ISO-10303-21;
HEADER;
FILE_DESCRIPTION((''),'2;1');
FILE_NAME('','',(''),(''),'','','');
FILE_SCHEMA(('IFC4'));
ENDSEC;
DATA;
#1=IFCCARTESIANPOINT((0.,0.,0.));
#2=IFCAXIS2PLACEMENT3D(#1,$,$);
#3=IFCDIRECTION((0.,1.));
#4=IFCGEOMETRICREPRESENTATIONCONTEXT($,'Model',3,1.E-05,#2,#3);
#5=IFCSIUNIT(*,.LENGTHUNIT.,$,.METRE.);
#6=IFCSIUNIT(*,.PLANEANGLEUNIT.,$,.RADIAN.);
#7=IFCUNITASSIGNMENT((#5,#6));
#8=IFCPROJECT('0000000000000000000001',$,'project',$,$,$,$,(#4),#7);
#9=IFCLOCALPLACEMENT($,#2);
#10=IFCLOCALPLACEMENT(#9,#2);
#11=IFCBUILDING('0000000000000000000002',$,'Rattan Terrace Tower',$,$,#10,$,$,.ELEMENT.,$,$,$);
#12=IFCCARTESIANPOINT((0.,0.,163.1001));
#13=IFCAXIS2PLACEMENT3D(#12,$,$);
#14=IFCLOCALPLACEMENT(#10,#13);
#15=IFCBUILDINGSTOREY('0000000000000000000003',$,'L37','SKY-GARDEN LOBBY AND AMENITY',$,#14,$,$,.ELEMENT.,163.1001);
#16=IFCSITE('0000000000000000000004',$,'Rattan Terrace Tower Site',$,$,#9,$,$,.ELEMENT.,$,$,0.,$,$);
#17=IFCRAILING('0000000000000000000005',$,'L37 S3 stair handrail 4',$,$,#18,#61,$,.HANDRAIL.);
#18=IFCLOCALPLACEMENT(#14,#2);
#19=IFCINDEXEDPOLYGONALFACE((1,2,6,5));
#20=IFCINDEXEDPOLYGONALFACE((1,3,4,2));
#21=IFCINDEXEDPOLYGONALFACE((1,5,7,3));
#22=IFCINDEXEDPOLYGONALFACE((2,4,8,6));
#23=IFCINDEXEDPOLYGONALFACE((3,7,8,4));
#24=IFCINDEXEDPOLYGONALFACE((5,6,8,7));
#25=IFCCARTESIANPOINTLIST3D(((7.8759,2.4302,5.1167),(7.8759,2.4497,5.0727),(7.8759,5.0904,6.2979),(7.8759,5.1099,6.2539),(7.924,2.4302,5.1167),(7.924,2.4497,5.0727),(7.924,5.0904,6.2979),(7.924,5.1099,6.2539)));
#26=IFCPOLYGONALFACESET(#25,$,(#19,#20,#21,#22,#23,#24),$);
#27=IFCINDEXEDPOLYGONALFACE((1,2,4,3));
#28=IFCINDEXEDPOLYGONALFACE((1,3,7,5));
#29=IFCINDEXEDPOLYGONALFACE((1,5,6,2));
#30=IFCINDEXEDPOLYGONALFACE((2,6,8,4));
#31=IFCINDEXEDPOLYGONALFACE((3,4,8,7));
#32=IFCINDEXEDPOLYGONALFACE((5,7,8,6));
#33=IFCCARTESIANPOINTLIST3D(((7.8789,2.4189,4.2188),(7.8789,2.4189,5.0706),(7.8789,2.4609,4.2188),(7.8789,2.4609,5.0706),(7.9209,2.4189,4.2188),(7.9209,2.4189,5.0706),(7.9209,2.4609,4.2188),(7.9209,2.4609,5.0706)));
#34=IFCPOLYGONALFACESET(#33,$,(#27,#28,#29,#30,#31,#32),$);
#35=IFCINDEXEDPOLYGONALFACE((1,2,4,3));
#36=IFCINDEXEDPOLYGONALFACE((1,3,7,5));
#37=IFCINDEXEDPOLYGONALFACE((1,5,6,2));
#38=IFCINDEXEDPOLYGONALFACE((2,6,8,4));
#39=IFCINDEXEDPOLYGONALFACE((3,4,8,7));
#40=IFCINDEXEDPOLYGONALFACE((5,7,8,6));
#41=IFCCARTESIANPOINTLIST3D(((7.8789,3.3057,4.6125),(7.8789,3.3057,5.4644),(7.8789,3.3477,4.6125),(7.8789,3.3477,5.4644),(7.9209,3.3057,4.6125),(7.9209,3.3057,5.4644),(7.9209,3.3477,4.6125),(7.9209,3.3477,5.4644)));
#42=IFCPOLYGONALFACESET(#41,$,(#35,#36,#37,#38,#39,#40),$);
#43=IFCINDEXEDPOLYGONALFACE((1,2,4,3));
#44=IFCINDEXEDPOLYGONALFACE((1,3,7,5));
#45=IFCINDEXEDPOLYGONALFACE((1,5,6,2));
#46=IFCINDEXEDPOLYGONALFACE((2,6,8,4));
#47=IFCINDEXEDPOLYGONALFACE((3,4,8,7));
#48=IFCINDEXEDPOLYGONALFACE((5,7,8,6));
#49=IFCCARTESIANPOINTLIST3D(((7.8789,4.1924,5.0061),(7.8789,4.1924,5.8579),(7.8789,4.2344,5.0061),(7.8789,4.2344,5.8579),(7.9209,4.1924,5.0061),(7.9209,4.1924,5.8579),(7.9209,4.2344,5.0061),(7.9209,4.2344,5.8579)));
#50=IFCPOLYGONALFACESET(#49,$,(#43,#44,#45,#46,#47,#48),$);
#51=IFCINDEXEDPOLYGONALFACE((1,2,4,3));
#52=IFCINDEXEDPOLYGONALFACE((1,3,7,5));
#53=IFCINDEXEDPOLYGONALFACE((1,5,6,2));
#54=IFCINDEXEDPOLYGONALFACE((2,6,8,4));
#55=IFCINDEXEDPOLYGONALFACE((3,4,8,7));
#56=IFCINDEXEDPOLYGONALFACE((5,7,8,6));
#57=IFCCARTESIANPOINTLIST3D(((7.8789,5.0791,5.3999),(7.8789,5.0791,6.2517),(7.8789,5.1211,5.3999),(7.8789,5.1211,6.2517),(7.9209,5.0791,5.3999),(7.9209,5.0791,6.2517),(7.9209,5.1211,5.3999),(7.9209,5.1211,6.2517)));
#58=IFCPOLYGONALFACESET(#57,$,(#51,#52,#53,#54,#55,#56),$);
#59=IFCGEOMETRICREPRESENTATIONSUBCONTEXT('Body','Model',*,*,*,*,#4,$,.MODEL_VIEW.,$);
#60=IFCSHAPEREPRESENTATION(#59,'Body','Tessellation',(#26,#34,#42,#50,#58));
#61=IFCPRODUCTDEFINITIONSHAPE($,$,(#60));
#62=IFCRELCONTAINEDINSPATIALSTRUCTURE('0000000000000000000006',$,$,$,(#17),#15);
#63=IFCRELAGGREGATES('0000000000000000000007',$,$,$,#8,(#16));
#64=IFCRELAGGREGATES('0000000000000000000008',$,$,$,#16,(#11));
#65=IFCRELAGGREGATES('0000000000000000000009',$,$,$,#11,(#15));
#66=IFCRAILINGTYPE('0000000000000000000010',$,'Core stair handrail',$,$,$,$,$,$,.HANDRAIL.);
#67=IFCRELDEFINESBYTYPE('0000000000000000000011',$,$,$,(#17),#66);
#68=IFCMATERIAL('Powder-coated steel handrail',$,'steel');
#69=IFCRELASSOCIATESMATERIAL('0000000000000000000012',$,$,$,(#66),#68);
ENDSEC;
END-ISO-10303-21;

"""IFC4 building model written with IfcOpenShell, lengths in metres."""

from ifc_helpers import new_model, si_unit, direction, frame, origin, origin_2d, place, context, subcontext, project, spatial, rectangle, extrude, material, type_object, element, save


model = new_model("IFC4")

# Units and contexts
model_context = context("Model", 3, precision=1e-05, world=origin(), true_north=direction((0.0, 1.0)))
body_context = subcontext(model_context, "Body", "Model", "MODEL_VIEW")
ifc_project = project(units=[si_unit("LENGTHUNIT", "METRE"), si_unit("PLANEANGLEUNIT", "RADIAN")], contexts=[model_context])

# Site, building, storey
site_placement = place(None, origin())
site = spatial("IfcSite", under=ifc_project, at=site_placement, Name="Rattan Terrace Tower Site", CompositionType="ELEMENT", RefElevation=0.0)
building_placement = place(site_placement, origin())
building = spatial("IfcBuilding", under=site, at=building_placement, Name="Rattan Terrace Tower", CompositionType="ELEMENT")
storey_placement = place(building_placement, frame((0.0, 0.0, 163.1001)))
storey = spatial("IfcBuildingStorey", under=building, at=storey_placement, Name="L37", Description="SKY-GARDEN LOBBY AND AMENITY", CompositionType="ELEMENT", Elevation=163.1001)

# Railing
ifc_material_1 = material(Name="Powder-coated steel handrail", Category="steel")
railing_type_1 = type_object("IfcRailingType", Name="Core stair handrail", PredefinedType="HANDRAIL", material=ifc_material_1)
railing_1_placement = place(storey_placement, frame((7.8999, 2.4399, 4.2188)))
element("IfcRailing", 1, at=railing_1_placement, inside=storey, type_object=railing_type_1, Name="L37 S3 stair handrail 4", PredefinedType="HANDRAIL", context=body_context, shape_type="SweptSolid", body=[
    extrude(rectangle(XDim=0.0481, YDim=0.0481, at=origin_2d()), frame((0.0, 0.0, 0.876), z_axis=(0.0, 0.913957, 0.405812), x_axis=(-1.0, 0.0, 0.0)), (0.0, 0.0, 1.0), 2.9106),
    extrude(rectangle(XDim=0.042, YDim=0.042, at=origin_2d()), origin(), (0.0, 0.0, 1.0), 0.8518),
    extrude(rectangle(XDim=0.042, YDim=0.042, at=origin_2d()), frame((0.0, 0.8867, 0.3938)), (0.0, 0.0, 1.0), 0.8518),
    extrude(rectangle(XDim=0.042, YDim=0.042, at=origin_2d()), frame((0.0, 1.7734, 0.7874)), (0.0, 0.0, 1.0), 0.8518),
    extrude(rectangle(XDim=0.042, YDim=0.042, at=origin_2d()), frame((0.0, 2.6602, 1.1812)), (0.0, 0.0, 1.0), 0.8518),
])

save(model, "model.ifc")
